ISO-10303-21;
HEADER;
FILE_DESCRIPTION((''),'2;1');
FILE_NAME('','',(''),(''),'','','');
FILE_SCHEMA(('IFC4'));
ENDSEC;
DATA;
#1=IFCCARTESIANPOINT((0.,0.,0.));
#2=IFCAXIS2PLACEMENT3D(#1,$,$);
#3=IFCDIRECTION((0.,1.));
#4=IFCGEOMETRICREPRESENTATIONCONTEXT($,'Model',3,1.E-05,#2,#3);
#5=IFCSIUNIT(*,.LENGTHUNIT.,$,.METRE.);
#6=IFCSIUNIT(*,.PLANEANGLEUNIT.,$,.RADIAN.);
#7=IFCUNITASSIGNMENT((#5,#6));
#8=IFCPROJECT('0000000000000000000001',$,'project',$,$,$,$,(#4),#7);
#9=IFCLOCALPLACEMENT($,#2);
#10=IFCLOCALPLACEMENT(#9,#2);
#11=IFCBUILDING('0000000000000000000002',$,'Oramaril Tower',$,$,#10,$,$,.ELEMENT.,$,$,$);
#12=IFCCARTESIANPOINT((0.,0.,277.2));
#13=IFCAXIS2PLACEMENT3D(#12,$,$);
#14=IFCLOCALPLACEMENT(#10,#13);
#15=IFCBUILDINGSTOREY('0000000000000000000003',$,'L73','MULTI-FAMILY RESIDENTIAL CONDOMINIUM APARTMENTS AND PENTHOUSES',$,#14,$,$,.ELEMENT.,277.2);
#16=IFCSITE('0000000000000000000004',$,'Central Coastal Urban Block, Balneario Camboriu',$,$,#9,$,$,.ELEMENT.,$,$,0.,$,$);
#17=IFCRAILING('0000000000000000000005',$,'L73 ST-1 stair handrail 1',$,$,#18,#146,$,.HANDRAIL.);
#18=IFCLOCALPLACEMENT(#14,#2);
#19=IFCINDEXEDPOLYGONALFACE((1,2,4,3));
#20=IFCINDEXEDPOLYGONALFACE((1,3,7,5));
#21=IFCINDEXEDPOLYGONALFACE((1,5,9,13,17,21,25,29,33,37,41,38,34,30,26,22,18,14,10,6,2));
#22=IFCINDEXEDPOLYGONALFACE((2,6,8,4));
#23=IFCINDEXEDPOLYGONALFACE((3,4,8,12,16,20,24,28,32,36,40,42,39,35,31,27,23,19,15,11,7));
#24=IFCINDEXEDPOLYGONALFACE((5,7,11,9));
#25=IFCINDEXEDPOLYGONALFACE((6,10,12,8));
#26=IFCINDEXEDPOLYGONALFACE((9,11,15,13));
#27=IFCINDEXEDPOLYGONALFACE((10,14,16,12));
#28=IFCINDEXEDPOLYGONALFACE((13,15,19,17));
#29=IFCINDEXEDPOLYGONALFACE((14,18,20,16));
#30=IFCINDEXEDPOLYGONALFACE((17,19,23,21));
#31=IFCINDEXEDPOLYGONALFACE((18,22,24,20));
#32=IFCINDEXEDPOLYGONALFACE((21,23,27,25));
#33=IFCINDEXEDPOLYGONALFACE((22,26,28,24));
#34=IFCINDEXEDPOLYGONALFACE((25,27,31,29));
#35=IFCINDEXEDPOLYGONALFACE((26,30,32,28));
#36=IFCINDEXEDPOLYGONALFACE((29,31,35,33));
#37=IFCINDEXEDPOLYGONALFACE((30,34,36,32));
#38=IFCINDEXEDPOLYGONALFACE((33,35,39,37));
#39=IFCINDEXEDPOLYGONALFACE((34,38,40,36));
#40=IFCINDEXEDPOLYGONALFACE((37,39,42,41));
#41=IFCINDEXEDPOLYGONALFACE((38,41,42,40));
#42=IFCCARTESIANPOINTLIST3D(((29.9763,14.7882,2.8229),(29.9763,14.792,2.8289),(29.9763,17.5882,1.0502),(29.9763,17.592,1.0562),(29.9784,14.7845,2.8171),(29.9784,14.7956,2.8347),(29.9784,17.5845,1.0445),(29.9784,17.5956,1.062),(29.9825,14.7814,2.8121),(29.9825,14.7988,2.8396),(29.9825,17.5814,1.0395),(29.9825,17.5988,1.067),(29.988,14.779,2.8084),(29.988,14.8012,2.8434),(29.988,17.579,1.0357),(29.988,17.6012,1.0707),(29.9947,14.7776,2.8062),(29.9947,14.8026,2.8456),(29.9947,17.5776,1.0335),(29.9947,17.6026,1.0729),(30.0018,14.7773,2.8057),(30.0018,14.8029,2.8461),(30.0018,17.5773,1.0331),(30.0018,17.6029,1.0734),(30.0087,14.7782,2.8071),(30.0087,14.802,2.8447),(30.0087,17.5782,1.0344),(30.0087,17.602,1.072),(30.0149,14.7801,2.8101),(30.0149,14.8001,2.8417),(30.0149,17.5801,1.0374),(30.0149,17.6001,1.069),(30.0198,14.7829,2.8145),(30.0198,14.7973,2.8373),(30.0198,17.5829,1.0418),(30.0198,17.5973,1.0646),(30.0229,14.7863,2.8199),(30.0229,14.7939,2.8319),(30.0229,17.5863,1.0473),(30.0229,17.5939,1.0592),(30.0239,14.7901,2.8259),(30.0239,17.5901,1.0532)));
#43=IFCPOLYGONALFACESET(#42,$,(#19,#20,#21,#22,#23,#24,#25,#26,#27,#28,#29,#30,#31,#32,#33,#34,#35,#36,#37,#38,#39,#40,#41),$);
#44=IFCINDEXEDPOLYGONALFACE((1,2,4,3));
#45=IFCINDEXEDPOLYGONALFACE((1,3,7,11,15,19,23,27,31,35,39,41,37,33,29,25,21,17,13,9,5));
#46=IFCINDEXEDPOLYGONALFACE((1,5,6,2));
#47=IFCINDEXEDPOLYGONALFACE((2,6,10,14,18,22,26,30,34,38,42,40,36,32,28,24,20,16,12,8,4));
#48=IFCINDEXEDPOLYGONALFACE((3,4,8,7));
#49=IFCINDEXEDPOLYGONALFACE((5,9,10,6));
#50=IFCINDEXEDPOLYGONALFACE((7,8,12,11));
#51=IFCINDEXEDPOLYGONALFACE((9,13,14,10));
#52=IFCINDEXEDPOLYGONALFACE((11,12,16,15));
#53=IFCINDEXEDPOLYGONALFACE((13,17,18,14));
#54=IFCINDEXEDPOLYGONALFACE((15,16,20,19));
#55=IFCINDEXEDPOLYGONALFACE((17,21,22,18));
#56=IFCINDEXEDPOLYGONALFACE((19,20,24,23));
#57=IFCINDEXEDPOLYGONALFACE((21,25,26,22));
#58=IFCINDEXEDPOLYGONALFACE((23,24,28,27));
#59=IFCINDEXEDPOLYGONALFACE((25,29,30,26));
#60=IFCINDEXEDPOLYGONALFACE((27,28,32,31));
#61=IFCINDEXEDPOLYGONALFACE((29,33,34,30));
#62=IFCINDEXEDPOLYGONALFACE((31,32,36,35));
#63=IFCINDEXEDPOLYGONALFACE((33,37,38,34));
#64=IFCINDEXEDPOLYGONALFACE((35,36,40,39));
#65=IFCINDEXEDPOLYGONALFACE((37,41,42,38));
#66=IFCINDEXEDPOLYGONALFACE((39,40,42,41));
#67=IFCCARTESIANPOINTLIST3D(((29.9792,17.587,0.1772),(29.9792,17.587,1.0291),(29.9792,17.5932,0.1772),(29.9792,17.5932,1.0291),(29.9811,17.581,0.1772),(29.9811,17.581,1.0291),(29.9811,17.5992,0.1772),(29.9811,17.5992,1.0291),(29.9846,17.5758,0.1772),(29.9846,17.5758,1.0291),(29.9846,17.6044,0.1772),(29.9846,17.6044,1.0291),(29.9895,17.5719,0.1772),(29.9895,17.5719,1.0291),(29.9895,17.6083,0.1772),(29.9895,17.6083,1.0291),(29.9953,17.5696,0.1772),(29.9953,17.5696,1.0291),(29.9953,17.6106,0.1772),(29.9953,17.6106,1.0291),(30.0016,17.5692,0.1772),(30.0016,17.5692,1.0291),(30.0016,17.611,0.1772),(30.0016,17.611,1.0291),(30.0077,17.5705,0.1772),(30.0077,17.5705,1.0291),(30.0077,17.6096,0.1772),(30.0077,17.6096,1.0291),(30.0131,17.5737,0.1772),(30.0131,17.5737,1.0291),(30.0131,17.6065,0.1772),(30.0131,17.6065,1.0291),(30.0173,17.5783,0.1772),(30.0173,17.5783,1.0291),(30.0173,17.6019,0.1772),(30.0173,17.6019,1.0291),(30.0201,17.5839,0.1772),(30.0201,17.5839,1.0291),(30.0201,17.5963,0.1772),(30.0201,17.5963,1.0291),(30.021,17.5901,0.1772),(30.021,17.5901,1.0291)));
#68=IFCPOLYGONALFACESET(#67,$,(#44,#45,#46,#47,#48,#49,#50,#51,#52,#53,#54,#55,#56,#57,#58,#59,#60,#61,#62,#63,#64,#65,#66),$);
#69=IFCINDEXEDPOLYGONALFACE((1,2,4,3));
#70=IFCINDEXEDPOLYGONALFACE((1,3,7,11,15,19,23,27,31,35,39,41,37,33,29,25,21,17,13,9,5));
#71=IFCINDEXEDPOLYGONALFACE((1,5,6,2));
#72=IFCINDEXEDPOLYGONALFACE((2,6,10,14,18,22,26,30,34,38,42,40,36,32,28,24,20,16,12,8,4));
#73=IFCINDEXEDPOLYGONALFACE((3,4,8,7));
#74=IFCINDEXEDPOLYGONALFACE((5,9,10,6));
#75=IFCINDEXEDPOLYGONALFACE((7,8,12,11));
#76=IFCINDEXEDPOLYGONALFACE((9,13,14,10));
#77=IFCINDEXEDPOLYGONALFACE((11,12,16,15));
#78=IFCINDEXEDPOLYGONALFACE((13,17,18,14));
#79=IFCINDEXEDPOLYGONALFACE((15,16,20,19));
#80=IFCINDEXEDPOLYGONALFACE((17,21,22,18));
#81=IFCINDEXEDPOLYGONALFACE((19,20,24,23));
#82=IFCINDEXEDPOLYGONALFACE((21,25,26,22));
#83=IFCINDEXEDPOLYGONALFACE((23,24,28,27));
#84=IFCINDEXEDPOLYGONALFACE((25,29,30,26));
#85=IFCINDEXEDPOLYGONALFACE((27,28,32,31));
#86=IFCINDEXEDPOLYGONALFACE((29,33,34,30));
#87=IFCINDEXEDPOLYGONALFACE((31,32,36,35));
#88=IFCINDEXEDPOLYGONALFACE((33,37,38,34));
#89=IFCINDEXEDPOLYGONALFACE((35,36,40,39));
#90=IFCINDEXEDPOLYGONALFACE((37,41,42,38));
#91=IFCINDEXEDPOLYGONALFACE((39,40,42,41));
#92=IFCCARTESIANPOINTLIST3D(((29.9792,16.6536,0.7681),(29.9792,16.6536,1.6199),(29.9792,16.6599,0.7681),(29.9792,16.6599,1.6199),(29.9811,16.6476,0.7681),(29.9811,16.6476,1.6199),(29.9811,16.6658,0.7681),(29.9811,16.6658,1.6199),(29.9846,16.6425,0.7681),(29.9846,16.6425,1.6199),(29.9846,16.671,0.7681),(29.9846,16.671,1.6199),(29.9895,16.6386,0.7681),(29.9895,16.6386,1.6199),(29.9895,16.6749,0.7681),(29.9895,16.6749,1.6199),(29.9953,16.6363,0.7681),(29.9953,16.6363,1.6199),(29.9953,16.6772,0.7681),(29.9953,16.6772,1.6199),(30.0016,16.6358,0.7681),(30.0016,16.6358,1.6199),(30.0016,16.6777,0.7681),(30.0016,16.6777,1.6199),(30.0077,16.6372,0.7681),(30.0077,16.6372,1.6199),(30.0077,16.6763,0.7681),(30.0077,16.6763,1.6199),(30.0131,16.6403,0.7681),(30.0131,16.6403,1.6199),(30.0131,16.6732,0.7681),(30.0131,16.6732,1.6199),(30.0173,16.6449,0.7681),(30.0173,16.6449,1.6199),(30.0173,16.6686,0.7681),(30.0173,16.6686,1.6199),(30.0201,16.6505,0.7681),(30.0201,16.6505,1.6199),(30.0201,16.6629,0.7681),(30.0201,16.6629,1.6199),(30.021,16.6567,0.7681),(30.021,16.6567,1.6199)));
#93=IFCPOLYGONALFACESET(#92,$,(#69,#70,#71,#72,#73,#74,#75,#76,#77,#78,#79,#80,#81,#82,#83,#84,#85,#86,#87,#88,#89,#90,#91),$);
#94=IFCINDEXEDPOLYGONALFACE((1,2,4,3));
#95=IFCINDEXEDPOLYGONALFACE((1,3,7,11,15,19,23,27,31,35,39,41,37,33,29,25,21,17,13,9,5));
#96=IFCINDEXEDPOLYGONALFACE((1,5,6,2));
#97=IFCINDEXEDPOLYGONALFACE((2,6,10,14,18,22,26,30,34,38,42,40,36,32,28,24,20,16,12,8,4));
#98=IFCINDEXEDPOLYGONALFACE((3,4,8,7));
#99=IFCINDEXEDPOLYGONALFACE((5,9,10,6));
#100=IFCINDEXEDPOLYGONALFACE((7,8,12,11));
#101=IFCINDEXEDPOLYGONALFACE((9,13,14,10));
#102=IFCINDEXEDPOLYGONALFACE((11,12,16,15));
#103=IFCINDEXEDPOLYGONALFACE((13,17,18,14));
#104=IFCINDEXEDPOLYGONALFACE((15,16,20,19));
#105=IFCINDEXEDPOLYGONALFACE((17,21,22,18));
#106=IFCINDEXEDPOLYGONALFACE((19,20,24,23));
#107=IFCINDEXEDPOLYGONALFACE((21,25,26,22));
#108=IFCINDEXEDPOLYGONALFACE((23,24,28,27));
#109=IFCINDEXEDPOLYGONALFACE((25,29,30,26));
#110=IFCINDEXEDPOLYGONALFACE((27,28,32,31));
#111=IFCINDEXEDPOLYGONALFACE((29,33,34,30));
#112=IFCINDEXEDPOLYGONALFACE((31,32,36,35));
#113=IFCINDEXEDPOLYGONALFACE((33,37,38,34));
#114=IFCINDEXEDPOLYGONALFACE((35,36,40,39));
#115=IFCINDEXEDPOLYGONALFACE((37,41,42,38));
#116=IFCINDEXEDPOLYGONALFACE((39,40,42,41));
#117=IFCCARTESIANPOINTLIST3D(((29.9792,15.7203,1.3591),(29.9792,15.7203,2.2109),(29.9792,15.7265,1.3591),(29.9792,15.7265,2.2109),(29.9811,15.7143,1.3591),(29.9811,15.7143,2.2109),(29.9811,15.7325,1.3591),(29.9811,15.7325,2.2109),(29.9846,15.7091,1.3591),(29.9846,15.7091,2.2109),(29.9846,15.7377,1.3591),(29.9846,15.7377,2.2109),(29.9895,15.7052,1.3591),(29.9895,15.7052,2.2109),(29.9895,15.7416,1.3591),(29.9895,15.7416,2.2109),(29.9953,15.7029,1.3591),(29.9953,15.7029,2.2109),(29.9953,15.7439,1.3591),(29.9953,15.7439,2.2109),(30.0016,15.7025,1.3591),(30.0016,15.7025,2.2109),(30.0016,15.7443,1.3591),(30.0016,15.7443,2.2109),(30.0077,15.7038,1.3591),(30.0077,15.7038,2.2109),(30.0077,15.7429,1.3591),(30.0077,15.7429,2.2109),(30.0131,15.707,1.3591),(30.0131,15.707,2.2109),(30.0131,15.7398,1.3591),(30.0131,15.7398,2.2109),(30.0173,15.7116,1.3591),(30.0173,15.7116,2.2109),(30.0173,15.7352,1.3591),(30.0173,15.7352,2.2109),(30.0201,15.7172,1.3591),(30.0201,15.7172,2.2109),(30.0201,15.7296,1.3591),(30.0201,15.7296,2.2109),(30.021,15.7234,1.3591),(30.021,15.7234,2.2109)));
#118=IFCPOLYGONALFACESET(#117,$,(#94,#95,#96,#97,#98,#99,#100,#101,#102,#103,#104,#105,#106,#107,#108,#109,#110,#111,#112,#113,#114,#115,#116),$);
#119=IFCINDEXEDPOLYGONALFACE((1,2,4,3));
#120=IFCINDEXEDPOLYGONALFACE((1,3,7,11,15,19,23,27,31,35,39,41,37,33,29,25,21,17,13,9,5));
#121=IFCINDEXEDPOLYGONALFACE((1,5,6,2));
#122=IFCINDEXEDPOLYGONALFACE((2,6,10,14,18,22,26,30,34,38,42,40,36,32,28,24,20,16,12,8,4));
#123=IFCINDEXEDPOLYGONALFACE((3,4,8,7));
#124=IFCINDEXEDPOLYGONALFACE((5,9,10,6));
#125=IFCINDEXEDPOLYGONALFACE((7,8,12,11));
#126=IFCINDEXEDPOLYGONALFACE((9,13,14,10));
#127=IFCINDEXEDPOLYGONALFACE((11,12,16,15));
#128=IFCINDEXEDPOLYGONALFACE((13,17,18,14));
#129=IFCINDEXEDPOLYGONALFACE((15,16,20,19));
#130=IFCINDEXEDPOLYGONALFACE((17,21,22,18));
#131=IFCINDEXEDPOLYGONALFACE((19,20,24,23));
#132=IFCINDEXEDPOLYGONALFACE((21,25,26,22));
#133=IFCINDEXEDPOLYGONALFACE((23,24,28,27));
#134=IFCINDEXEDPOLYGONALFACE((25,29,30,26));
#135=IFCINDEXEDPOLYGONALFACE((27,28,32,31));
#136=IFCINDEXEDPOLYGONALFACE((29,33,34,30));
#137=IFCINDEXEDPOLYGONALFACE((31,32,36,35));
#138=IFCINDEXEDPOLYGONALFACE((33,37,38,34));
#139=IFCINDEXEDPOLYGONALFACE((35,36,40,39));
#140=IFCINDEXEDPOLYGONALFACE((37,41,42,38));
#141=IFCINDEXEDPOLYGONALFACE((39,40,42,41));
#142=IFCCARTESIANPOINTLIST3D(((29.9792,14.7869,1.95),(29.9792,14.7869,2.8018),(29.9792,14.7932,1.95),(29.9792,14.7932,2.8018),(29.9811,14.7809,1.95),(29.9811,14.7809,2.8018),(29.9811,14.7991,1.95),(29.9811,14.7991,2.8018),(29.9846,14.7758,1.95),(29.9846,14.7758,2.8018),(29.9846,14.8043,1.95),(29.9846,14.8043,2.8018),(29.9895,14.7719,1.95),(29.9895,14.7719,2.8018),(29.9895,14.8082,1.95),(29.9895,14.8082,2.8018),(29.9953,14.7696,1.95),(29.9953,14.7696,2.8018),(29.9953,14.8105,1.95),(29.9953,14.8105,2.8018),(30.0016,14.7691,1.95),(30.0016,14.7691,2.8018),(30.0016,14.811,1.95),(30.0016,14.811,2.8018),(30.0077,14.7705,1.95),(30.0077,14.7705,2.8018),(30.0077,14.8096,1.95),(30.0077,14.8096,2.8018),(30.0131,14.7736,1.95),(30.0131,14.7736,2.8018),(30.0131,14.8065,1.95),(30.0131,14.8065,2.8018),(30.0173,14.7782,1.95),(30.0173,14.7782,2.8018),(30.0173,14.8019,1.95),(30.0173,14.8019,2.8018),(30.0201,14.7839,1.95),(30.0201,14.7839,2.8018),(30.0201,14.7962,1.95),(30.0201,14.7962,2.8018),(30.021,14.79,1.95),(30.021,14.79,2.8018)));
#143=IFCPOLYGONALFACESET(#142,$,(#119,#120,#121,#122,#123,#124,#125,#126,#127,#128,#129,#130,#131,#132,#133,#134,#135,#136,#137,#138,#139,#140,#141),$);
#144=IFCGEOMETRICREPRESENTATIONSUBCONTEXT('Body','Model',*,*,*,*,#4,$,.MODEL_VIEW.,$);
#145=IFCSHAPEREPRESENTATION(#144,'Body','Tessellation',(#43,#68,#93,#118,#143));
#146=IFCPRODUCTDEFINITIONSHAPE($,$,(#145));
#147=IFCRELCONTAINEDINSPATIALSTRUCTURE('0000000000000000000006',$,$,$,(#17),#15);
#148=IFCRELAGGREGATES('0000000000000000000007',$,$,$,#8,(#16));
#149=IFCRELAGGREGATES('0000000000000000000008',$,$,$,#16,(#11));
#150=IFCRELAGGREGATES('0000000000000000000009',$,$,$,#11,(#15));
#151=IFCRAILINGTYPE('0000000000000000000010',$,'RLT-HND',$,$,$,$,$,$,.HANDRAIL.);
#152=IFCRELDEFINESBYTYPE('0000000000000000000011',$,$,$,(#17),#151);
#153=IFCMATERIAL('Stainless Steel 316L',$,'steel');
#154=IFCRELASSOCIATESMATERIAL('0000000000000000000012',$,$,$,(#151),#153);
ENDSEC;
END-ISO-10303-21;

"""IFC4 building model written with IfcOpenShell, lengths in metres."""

from ifc_helpers import new_model, si_unit, direction, frame, origin, origin_2d, place, context, subcontext, project, spatial, circle, extrude, material, type_object, element, save


model = new_model("IFC4")

# Units and contexts
model_context = context("Model", 3, precision=1e-05, world=origin(), true_north=direction((0.0, 1.0)))
body_context = subcontext(model_context, "Body", "Model", "MODEL_VIEW")
ifc_project = project(units=[si_unit("LENGTHUNIT", "METRE"), si_unit("PLANEANGLEUNIT", "RADIAN")], contexts=[model_context])

# Site, building, storey
site_placement = place(None, origin())
site = spatial("IfcSite", under=ifc_project, at=site_placement, Name="Central Coastal Urban Block, Balneario Camboriu", CompositionType="ELEMENT", RefElevation=0.0)
building_placement = place(site_placement, origin())
building = spatial("IfcBuilding", under=site, at=building_placement, Name="Oramaril Tower", CompositionType="ELEMENT")
storey_placement = place(building_placement, frame((0.0, 0.0, 277.2)))
storey = spatial("IfcBuildingStorey", under=building, at=storey_placement, Name="L73", Description="MULTI-FAMILY RESIDENTIAL CONDOMINIUM APARTMENTS AND PENTHOUSES", CompositionType="ELEMENT", Elevation=277.2)

# Railing
ifc_material_1 = material(Name="Stainless Steel 316L", Category="steel")
railing_type_1 = type_object("IfcRailingType", Name="RLT-HND", PredefinedType="HANDRAIL", material=ifc_material_1)
railing_1_placement = place(storey_placement, frame((30.0, 17.5901, 0.1772)))
element("IfcRailing", 1, at=railing_1_placement, inside=storey, type_object=railing_type_1, Name="L73 ST-1 stair handrail 1", PredefinedType="HANDRAIL", context=body_context, shape_type="SweptSolid", body=[
    extrude(circle(Radius=0.0239, at=origin_2d()), frame((0.0, 0.0, 0.876), z_axis=(0.0, -0.844909, 0.53491), x_axis=(1.0, 0.0, 0.0)), (0.0, 0.0, 1.0), 3.314),
    extrude(circle(Radius=0.021, at=origin_2d()), origin(), (0.0, 0.0, 1.0), 0.8518),
    extrude(circle(Radius=0.021, at=origin_2d()), frame((0.0, -0.9333, 0.5908)), (0.0, 0.0, 1.0), 0.8518),
    extrude(circle(Radius=0.021, at=origin_2d()), frame((0.0, -1.8667, 1.1819)), (0.0, 0.0, 1.0), 0.8518),
    extrude(circle(Radius=0.021, at=origin_2d()), frame((0.0, -2.8, 1.7727)), (0.0, 0.0, 1.0), 0.8518),
])

save(model, "model.ifc")
